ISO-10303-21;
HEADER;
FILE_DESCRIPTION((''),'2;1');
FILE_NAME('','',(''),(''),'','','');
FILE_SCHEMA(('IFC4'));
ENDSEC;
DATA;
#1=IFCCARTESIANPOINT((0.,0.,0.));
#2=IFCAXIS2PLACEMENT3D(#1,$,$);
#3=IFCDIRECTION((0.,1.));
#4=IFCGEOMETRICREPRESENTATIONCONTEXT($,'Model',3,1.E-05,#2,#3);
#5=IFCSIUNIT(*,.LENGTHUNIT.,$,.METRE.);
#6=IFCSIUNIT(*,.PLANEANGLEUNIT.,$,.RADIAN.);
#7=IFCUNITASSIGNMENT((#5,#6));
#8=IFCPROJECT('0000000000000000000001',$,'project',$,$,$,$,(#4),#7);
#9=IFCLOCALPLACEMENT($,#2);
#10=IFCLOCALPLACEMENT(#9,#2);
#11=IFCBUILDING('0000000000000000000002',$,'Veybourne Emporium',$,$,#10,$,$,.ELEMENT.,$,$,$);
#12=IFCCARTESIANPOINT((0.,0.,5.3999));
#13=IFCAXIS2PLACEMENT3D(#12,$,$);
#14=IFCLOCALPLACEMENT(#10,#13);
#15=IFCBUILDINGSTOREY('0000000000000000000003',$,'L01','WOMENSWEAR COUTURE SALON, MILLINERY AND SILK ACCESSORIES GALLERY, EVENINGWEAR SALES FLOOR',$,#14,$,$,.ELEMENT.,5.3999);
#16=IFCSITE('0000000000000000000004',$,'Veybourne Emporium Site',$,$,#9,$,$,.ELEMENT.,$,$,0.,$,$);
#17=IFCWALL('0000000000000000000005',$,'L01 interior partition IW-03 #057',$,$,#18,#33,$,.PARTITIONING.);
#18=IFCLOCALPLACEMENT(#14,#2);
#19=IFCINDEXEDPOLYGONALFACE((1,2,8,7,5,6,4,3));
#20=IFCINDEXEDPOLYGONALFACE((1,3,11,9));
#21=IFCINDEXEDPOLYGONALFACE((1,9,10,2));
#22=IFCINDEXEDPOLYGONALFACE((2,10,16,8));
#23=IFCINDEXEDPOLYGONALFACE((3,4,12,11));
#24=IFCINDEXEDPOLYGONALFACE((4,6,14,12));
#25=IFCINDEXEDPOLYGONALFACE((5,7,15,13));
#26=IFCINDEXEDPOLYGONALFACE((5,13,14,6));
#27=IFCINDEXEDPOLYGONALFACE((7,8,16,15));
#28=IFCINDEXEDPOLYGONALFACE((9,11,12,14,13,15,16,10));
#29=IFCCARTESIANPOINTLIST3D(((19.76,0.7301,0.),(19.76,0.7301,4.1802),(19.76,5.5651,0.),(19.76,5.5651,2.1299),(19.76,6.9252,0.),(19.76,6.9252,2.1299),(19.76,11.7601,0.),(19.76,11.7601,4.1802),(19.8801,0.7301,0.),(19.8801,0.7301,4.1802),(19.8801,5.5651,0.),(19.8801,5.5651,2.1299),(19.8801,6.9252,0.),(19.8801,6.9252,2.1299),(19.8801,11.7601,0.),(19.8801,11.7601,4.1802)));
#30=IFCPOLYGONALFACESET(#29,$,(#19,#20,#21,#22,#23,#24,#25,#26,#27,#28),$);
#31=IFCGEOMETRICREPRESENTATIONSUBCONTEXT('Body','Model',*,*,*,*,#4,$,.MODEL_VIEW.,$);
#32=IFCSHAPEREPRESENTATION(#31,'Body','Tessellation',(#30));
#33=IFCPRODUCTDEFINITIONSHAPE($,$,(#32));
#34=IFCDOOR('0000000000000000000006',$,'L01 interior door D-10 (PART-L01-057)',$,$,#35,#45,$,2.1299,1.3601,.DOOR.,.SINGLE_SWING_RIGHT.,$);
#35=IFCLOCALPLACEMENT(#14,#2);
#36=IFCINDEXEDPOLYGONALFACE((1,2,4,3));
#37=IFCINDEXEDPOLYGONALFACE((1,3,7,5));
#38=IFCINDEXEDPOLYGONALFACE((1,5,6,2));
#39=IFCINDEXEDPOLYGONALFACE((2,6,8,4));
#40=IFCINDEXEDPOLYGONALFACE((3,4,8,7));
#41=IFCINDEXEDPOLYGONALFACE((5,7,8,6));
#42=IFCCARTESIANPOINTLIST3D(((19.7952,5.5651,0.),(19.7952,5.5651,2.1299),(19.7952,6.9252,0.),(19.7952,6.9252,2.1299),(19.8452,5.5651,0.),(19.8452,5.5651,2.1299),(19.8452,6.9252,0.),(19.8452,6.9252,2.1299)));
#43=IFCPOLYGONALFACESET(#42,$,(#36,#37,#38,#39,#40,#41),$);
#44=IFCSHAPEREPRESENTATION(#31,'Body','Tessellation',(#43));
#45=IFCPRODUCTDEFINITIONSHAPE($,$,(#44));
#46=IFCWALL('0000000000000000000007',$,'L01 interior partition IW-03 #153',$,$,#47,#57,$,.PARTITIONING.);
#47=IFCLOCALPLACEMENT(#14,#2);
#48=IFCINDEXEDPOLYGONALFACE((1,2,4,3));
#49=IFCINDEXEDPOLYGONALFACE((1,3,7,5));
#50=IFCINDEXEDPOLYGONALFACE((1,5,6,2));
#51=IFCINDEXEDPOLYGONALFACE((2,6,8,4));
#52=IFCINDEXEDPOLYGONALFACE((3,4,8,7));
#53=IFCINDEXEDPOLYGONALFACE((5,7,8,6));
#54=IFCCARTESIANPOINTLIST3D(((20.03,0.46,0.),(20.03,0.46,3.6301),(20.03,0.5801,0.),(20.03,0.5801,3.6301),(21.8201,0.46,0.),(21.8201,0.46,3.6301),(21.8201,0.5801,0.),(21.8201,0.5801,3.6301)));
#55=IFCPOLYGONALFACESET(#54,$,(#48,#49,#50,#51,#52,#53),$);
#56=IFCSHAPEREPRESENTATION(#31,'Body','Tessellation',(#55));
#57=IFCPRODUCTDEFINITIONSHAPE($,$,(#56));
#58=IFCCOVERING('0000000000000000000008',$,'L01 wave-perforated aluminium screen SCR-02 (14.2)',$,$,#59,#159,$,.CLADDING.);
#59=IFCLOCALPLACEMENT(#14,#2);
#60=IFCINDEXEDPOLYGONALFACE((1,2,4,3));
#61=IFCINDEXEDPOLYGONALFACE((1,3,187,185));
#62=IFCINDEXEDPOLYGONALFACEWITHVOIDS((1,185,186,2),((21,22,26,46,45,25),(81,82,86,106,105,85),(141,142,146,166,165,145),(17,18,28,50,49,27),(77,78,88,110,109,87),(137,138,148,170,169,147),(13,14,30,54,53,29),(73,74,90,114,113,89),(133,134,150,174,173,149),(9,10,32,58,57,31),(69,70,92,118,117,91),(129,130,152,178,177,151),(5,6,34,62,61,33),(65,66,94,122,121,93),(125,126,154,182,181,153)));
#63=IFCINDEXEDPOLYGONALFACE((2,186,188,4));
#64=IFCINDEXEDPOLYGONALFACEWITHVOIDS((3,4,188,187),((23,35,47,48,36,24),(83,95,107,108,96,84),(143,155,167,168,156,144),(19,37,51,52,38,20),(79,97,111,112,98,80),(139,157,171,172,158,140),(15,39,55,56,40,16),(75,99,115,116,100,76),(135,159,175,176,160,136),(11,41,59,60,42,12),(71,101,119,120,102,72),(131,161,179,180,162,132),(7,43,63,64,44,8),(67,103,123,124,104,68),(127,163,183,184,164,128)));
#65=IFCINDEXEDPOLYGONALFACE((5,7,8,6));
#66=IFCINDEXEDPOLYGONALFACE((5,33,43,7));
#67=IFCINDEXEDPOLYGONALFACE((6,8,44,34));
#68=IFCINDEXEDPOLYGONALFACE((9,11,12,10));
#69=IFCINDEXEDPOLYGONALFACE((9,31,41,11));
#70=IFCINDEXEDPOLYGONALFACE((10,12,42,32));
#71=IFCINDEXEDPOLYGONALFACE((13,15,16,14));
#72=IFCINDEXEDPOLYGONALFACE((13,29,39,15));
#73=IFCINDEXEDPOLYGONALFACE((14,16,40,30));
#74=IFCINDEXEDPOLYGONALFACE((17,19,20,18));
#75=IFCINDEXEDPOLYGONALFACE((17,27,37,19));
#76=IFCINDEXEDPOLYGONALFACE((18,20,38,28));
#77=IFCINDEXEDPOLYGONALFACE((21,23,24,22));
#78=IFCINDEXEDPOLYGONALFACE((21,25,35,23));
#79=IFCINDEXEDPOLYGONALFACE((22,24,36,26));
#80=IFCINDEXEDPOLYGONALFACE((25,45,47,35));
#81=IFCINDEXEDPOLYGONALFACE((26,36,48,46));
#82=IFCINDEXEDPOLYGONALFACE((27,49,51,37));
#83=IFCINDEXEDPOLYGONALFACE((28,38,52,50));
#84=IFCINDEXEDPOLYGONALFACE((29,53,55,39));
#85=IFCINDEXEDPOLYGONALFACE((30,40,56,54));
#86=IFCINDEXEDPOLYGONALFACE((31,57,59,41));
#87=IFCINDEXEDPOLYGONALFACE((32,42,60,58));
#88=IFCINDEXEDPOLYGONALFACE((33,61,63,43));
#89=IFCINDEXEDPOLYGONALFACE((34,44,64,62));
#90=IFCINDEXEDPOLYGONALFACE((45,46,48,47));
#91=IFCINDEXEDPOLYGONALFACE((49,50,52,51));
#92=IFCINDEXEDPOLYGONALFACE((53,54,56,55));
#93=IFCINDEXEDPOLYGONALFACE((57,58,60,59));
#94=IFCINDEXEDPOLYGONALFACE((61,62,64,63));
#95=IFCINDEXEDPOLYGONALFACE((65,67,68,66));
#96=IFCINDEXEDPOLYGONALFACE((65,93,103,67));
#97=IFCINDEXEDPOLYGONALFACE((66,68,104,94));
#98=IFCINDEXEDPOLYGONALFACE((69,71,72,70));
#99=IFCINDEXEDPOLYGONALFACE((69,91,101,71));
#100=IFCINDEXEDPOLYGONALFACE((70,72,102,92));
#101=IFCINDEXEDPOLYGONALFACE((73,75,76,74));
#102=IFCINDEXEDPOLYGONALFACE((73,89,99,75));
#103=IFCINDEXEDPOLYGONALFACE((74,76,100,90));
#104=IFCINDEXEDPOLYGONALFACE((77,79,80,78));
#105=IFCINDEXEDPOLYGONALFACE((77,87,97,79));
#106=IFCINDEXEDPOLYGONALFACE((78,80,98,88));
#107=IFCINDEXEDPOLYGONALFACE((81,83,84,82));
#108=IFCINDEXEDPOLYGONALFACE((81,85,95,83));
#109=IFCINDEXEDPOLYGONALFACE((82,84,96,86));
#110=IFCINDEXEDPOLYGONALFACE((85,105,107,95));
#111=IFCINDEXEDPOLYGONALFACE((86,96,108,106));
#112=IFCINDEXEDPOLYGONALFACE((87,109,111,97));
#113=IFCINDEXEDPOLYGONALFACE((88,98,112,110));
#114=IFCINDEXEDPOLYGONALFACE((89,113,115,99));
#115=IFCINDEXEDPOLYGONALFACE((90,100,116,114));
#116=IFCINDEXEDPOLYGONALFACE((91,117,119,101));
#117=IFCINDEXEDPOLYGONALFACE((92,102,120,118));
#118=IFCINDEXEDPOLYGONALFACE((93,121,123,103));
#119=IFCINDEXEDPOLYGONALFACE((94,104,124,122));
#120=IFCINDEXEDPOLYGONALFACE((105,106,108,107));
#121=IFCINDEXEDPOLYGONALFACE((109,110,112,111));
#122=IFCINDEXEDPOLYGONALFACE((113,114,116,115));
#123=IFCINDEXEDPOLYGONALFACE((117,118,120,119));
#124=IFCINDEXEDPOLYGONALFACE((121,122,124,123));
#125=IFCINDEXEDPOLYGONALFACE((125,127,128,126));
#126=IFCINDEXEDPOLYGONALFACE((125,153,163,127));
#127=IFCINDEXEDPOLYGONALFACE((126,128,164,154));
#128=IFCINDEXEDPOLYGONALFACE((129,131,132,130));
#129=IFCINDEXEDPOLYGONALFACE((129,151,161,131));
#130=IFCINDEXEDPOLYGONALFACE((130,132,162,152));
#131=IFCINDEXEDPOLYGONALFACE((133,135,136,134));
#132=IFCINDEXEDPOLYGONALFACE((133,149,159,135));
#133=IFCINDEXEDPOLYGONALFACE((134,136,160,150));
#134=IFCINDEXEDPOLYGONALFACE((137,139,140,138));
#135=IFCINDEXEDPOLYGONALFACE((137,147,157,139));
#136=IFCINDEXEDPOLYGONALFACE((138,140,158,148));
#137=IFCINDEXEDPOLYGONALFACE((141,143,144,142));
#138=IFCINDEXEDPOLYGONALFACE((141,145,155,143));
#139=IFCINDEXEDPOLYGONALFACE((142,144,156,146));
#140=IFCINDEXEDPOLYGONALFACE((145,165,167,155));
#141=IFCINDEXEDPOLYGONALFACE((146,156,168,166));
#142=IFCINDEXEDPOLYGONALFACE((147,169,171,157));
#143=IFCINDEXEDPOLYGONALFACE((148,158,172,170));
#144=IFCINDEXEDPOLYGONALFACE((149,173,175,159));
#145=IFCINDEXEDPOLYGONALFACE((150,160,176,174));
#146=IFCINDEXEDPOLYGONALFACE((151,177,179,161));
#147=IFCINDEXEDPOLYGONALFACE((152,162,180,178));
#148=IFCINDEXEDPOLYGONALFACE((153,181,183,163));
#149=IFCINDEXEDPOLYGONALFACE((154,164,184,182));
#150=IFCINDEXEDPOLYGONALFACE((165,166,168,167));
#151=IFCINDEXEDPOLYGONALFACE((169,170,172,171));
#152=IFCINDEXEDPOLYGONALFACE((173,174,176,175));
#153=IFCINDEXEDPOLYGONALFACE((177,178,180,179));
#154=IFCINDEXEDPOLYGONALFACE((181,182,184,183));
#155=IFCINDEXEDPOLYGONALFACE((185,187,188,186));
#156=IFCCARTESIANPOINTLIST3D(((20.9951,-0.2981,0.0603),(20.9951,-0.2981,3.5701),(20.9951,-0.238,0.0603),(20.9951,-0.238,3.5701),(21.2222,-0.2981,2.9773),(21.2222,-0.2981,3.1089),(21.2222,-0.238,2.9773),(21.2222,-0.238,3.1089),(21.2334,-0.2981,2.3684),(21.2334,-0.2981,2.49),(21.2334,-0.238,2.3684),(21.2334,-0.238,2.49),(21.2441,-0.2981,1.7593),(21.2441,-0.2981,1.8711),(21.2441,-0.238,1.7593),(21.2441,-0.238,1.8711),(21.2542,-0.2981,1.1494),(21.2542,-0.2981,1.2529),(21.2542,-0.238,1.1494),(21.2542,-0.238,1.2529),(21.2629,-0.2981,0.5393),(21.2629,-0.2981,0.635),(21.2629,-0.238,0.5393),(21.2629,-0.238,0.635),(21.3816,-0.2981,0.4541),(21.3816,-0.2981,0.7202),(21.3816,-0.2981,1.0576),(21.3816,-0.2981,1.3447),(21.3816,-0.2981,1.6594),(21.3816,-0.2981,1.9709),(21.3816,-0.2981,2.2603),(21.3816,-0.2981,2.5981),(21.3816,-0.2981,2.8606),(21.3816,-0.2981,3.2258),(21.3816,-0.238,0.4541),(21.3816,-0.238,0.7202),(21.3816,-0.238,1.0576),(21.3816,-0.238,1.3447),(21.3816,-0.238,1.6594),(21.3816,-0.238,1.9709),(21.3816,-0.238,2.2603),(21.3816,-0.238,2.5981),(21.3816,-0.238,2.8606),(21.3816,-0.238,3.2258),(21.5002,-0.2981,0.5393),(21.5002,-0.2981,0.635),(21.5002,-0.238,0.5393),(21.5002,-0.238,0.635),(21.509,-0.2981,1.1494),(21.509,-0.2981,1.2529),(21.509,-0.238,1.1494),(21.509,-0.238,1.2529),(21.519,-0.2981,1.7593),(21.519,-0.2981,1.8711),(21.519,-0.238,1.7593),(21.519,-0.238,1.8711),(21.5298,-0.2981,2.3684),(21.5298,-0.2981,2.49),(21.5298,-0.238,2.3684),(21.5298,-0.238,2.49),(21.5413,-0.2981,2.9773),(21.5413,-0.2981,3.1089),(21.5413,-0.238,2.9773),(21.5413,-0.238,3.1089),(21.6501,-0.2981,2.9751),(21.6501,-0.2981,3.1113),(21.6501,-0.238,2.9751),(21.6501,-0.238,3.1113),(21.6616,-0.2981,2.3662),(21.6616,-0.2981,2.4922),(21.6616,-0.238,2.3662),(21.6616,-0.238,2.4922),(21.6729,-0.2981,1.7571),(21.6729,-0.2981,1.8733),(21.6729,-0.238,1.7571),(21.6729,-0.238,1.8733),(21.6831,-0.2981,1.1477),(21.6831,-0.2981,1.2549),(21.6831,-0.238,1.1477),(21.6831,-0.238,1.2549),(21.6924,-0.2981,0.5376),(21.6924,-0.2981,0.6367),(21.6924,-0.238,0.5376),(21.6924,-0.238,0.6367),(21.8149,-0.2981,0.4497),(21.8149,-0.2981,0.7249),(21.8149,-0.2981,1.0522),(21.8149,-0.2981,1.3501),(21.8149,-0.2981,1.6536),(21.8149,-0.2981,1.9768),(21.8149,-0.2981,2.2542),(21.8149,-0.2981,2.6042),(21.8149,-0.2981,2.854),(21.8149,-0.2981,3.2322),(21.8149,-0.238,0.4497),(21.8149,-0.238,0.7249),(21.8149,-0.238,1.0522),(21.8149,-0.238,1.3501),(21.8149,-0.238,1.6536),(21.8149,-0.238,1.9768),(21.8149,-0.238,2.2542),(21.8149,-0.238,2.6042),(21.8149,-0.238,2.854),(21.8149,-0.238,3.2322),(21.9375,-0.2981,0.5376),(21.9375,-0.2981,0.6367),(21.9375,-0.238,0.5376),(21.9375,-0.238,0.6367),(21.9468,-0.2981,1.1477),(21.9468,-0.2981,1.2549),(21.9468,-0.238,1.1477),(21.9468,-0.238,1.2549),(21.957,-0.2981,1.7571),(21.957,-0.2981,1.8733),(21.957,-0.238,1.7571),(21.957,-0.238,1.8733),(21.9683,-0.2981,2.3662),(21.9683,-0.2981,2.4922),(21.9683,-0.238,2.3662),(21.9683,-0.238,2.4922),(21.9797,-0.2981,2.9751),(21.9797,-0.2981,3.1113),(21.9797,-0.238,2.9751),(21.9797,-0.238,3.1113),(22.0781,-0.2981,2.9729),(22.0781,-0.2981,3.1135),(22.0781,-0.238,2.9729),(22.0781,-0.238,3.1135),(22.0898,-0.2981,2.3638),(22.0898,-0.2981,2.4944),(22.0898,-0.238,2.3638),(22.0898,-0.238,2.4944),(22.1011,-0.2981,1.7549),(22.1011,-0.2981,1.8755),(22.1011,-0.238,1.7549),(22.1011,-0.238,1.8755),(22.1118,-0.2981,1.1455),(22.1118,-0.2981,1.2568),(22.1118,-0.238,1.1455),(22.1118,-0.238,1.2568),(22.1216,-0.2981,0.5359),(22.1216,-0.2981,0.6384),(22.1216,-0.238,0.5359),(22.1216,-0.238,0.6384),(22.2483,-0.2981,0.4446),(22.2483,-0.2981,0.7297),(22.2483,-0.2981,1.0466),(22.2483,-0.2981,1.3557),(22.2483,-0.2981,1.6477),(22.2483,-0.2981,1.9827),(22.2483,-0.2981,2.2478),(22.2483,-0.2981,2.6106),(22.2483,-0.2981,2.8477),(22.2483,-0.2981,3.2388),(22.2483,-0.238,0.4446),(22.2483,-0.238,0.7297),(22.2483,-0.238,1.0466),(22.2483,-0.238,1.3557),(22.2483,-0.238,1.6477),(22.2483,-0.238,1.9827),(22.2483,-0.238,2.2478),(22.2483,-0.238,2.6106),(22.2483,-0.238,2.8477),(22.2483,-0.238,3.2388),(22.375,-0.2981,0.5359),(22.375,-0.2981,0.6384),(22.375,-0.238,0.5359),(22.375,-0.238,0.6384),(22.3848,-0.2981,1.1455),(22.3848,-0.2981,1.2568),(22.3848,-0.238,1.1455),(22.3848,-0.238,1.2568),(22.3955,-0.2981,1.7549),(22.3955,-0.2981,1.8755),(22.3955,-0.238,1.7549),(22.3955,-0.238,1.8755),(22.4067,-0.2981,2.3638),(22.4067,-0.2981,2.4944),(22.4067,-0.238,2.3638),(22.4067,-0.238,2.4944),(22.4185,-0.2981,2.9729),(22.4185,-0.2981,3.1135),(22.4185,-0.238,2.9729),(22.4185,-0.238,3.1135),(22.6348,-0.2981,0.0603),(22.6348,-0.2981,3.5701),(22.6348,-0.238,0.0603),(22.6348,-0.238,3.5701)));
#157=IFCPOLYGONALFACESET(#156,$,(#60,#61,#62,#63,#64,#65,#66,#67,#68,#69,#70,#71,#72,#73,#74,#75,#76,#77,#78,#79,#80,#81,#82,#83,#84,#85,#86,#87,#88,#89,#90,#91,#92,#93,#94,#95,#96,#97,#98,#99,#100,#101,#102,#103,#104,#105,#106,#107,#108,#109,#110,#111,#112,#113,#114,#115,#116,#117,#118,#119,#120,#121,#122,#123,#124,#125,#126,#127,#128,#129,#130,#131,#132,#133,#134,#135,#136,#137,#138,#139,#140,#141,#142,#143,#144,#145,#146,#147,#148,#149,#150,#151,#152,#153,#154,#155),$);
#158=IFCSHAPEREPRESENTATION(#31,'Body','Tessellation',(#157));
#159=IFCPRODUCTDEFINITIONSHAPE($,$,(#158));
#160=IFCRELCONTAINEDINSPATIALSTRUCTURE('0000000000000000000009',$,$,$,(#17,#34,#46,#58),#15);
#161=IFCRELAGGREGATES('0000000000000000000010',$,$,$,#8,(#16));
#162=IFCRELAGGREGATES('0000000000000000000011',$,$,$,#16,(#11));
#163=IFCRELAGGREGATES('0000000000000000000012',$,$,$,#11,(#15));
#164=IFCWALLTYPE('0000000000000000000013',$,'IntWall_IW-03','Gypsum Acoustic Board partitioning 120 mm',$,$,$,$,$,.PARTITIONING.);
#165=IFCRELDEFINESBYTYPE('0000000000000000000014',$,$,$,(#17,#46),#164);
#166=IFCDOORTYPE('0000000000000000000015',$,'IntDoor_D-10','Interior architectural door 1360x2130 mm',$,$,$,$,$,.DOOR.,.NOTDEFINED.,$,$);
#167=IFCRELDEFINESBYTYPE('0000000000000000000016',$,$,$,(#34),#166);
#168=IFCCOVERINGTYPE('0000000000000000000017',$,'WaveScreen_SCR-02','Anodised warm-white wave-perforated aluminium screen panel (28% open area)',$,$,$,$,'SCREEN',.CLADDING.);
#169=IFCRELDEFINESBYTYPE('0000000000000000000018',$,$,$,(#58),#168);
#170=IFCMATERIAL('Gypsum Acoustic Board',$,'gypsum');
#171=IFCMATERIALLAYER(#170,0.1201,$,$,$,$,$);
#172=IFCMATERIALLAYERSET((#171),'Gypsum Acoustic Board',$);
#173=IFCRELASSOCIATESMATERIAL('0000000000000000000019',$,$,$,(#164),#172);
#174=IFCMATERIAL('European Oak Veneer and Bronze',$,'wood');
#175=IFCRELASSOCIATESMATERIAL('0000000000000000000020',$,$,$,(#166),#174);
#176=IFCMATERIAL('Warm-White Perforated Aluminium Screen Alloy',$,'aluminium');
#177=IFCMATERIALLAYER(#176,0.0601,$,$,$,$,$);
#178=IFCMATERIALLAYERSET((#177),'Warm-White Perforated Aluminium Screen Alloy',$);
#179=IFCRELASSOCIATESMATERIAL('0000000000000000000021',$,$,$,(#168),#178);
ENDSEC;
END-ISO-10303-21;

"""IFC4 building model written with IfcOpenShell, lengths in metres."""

from ifc_helpers import new_model, si_unit, direction, frame, frame_2d, origin, place, context, subcontext, project, spatial, polyline, rectangle, outline, extrude, material, layer, layer_set, type_object, element, fill, save


model = new_model("IFC4")

# Units and contexts
model_context = context("Model", 3, precision=1e-05, world=origin(), true_north=direction((0.0, 1.0)))
body_context = subcontext(model_context, "Body", "Model", "MODEL_VIEW")
ifc_project = project(units=[si_unit("LENGTHUNIT", "METRE"), si_unit("PLANEANGLEUNIT", "RADIAN")], contexts=[model_context])

# Site, building, storey
site_placement = place(None, origin())
site = spatial("IfcSite", under=ifc_project, at=site_placement, Name="Veybourne Emporium Site", CompositionType="ELEMENT", RefElevation=0.0)
building_placement = place(site_placement, origin())
building = spatial("IfcBuilding", under=site, at=building_placement, Name="Veybourne Emporium", CompositionType="ELEMENT")
storey_placement = place(building_placement, frame((0.0, 0.0, 5.3999)))
storey = spatial("IfcBuildingStorey", under=building, at=storey_placement, Name="L01", Description="WOMENSWEAR COUTURE SALON, MILLINERY AND SILK ACCESSORIES GALLERY, EVENINGWEAR SALES FLOOR", CompositionType="ELEMENT", Elevation=5.3999)

# Wall, opening, door
ifc_material_1 = material(Name="Gypsum Acoustic Board", Category="gypsum")
ifc_material_2 = material(Name="European Oak Veneer and Bronze", Category="wood")
ifc_layer_1 = layer(ifc_material_1, 0.1201)
ifc_layer_set_1 = layer_set([ifc_layer_1], Name="Gypsum Acoustic Board")
wall_type_1 = type_object("IfcWallType", Name="IntWall_IW-03", Description="Gypsum Acoustic Board partitioning 120 mm", PredefinedType="PARTITIONING", material=ifc_layer_set_1)
wall_1_placement = place(storey_placement, frame((19.8201, 0.73, 0.0), z_axis=(0.0, 0.0, 1.0), x_axis=(0.0, 1.0, 0.0)))
wall_1 = element("IfcWall", 1, at=wall_1_placement, inside=storey, type_object=wall_type_1, Name="L01 interior partition IW-03 #057", PredefinedType="PARTITIONING", context=body_context, shape_type="SweptSolid", body=[
    extrude(rectangle(XDim=11.03, YDim=0.1201, at=frame_2d((5.5151, 0.0))), origin(), (0.0, 0.0, 1.0), 4.1802),
])
opening_1_placement = place(wall_1_placement, frame((4.835, 0.0, 0.0)))
opening_1 = element("IfcOpeningElement", 2, at=opening_1_placement, cuts=wall_1, PredefinedType="OPENING", context=body_context, shape_type="SweptSolid", body=[
    extrude(rectangle(XDim=1.3601, YDim=2.1299, at=frame_2d((0.6802, 1.0649))), frame((0.0, 0.0801, 0.0), z_axis=(0.0, -1.0, 0.0), x_axis=(1.0, 0.0, 0.0)), (0.0, 0.0, 1.0), 0.1602),
])
door_type_1 = type_object("IfcDoorType", Name="IntDoor_D-10", Description="Interior architectural door 1360x2130 mm", OperationType="NOTDEFINED", PredefinedType="DOOR", material=ifc_material_2)
door_1_placement = place(opening_1_placement, origin())
door_1 = element("IfcDoor", 3, at=door_1_placement, inside=storey, type_object=door_type_1, Name="L01 interior door D-10 (PART-L01-057)", OperationType="SINGLE_SWING_RIGHT", OverallHeight=2.1299, OverallWidth=1.3601, PredefinedType="DOOR", context=body_context, shape_type="SweptSolid", body=[
    extrude(rectangle(XDim=1.3601, YDim=2.1299, at=frame_2d((0.6802, 1.0649))), frame((0.0, 0.0249, 0.0), z_axis=(0.0, -1.0, 0.0), x_axis=(1.0, 0.0, 0.0)), (0.0, 0.0, 1.0), 0.05),
])
fill(opening_1, door_1)

# Wall
wall_2_placement = place(storey_placement, frame((20.03, 0.52, 0.0), z_axis=(0.0, 0.0, 1.0), x_axis=(1.0, 0.0, 0.0)))
element("IfcWall", 4, at=wall_2_placement, inside=storey, type_object=wall_type_1, Name="L01 interior partition IW-03 #153", PredefinedType="PARTITIONING", context=body_context, shape_type="SweptSolid", body=[
    extrude(rectangle(XDim=1.79, YDim=0.1201, at=frame_2d((0.895, 0.0))), origin(), (0.0, 0.0, 1.0), 3.6301),
])

# Covering
ifc_material_3 = material(Name="Warm-White Perforated Aluminium Screen Alloy", Category="aluminium")
ifc_layer_2 = layer(ifc_material_3, 0.0601)
ifc_layer_set_2 = layer_set([ifc_layer_2], Name="Warm-White Perforated Aluminium Screen Alloy")
covering_type_1 = type_object("IfcCoveringType", Name="WaveScreen_SCR-02", Description="Anodised warm-white wave-perforated aluminium screen panel (28% open area)", ElementType="SCREEN", PredefinedType="CLADDING", material=ifc_layer_set_2)
covering_1_placement = place(storey_placement, frame((21.8149, -0.2981, 1.8152), z_axis=(0.0, 1.0, 0.0), x_axis=(-1.0, 0.0, 0.0)))
element("IfcCovering", 5, at=covering_1_placement, inside=storey, type_object=covering_type_1, Name="L01 wave-perforated aluminium screen SCR-02 (14.2)", PredefinedType="CLADDING", context=body_context, shape_type="SweptSolid", body=[
    extrude(outline(polyline([(-0.8198, -1.7549), (0.8198, -1.7549), (0.8198, 1.7549), (-0.8198, 1.7549), (-0.8198, -1.7549)]), holes=[polyline([(-0.4333, -1.0854), (-0.3066, -1.1768), (-0.3066, -1.2793), (-0.4333, -1.3706), (-0.5601, -1.2793), (-0.5601, -1.1768), (-0.4333, -1.0854)]), polyline([(-0.4333, -0.4595), (-0.2969, -0.5583), (-0.2969, -0.6697), (-0.4333, -0.7686), (-0.5698, -0.6697), (-0.5698, -0.5583), (-0.4333, -0.4595)]), polyline([(-0.4333, 0.1675), (-0.2861, 0.0603), (-0.2861, -0.0603), (-0.4333, -0.1675), (-0.5806, -0.0603), (-0.5806, 0.0603), (-0.4333, 0.1675)]), polyline([(-0.4333, 0.7954), (-0.2749, 0.6792), (-0.2749, 0.5486), (-0.4333, 0.4326), (-0.5918, 0.5486), (-0.5918, 0.6792), (-0.4333, 0.7954)]), polyline([(-0.4333, 1.4236), (-0.2632, 1.2983), (-0.2632, 1.1577), (-0.4333, 1.0325), (-0.6035, 1.1577), (-0.6035, 1.2983), (-0.4333, 1.4236)]), polyline([(0.0, -1.0903), (0.1226, -1.1785), (0.1226, -1.2776), (0.0, -1.3655), (-0.1226, -1.2776), (-0.1226, -1.1785), (0.0, -1.0903)]), polyline([(0.0, -0.4651), (0.1318, -0.5603), (0.1318, -0.6675), (0.0, -0.7629), (-0.1318, -0.6675), (-0.1318, -0.5603), (0.0, -0.4651)]), polyline([(0.0, 0.1616), (0.1421, 0.0581), (0.1421, -0.0581), (0.0, -0.1616), (-0.1421, -0.0581), (-0.1421, 0.0581), (0.0, 0.1616)]), polyline([(0.0, 0.7891), (0.1533, 0.677), (0.1533, 0.551), (0.0, 0.439), (-0.1533, 0.551), (-0.1533, 0.677), (0.0, 0.7891)]), polyline([(0.0, 1.417), (0.1648, 1.2961), (0.1648, 1.1599), (0.0, 1.0388), (-0.1648, 1.1599), (-0.1648, 1.2961), (0.0, 1.417)]), polyline([(0.4333, -1.095), (0.552, -1.1802), (0.552, -1.2759), (0.4333, -1.3611), (0.3147, -1.2759), (0.3147, -1.1802), (0.4333, -1.095)]), polyline([(0.4333, -0.4705), (0.5608, -0.5623), (0.5608, -0.6658), (0.4333, -0.7576), (0.3059, -0.6658), (0.3059, -0.5623), (0.4333, -0.4705)]), polyline([(0.4333, 0.1558), (0.5708, 0.0559), (0.5708, -0.0559), (0.4333, -0.1558), (0.2959, -0.0559), (0.2959, 0.0559), (0.4333, 0.1558)]), polyline([(0.4333, 0.783), (0.5815, 0.6748), (0.5815, 0.5532), (0.4333, 0.4451), (0.2852, 0.5532), (0.2852, 0.6748), (0.4333, 0.783)]), polyline([(0.4333, 1.4106), (0.5928, 1.2937), (0.5928, 1.1621), (0.4333, 1.0454), (0.2737, 1.1621), (0.2737, 1.2937), (0.4333, 1.4106)])]), origin(), (0.0, 0.0, 1.0), 0.0601),
])

save(model, "model.ifc")
